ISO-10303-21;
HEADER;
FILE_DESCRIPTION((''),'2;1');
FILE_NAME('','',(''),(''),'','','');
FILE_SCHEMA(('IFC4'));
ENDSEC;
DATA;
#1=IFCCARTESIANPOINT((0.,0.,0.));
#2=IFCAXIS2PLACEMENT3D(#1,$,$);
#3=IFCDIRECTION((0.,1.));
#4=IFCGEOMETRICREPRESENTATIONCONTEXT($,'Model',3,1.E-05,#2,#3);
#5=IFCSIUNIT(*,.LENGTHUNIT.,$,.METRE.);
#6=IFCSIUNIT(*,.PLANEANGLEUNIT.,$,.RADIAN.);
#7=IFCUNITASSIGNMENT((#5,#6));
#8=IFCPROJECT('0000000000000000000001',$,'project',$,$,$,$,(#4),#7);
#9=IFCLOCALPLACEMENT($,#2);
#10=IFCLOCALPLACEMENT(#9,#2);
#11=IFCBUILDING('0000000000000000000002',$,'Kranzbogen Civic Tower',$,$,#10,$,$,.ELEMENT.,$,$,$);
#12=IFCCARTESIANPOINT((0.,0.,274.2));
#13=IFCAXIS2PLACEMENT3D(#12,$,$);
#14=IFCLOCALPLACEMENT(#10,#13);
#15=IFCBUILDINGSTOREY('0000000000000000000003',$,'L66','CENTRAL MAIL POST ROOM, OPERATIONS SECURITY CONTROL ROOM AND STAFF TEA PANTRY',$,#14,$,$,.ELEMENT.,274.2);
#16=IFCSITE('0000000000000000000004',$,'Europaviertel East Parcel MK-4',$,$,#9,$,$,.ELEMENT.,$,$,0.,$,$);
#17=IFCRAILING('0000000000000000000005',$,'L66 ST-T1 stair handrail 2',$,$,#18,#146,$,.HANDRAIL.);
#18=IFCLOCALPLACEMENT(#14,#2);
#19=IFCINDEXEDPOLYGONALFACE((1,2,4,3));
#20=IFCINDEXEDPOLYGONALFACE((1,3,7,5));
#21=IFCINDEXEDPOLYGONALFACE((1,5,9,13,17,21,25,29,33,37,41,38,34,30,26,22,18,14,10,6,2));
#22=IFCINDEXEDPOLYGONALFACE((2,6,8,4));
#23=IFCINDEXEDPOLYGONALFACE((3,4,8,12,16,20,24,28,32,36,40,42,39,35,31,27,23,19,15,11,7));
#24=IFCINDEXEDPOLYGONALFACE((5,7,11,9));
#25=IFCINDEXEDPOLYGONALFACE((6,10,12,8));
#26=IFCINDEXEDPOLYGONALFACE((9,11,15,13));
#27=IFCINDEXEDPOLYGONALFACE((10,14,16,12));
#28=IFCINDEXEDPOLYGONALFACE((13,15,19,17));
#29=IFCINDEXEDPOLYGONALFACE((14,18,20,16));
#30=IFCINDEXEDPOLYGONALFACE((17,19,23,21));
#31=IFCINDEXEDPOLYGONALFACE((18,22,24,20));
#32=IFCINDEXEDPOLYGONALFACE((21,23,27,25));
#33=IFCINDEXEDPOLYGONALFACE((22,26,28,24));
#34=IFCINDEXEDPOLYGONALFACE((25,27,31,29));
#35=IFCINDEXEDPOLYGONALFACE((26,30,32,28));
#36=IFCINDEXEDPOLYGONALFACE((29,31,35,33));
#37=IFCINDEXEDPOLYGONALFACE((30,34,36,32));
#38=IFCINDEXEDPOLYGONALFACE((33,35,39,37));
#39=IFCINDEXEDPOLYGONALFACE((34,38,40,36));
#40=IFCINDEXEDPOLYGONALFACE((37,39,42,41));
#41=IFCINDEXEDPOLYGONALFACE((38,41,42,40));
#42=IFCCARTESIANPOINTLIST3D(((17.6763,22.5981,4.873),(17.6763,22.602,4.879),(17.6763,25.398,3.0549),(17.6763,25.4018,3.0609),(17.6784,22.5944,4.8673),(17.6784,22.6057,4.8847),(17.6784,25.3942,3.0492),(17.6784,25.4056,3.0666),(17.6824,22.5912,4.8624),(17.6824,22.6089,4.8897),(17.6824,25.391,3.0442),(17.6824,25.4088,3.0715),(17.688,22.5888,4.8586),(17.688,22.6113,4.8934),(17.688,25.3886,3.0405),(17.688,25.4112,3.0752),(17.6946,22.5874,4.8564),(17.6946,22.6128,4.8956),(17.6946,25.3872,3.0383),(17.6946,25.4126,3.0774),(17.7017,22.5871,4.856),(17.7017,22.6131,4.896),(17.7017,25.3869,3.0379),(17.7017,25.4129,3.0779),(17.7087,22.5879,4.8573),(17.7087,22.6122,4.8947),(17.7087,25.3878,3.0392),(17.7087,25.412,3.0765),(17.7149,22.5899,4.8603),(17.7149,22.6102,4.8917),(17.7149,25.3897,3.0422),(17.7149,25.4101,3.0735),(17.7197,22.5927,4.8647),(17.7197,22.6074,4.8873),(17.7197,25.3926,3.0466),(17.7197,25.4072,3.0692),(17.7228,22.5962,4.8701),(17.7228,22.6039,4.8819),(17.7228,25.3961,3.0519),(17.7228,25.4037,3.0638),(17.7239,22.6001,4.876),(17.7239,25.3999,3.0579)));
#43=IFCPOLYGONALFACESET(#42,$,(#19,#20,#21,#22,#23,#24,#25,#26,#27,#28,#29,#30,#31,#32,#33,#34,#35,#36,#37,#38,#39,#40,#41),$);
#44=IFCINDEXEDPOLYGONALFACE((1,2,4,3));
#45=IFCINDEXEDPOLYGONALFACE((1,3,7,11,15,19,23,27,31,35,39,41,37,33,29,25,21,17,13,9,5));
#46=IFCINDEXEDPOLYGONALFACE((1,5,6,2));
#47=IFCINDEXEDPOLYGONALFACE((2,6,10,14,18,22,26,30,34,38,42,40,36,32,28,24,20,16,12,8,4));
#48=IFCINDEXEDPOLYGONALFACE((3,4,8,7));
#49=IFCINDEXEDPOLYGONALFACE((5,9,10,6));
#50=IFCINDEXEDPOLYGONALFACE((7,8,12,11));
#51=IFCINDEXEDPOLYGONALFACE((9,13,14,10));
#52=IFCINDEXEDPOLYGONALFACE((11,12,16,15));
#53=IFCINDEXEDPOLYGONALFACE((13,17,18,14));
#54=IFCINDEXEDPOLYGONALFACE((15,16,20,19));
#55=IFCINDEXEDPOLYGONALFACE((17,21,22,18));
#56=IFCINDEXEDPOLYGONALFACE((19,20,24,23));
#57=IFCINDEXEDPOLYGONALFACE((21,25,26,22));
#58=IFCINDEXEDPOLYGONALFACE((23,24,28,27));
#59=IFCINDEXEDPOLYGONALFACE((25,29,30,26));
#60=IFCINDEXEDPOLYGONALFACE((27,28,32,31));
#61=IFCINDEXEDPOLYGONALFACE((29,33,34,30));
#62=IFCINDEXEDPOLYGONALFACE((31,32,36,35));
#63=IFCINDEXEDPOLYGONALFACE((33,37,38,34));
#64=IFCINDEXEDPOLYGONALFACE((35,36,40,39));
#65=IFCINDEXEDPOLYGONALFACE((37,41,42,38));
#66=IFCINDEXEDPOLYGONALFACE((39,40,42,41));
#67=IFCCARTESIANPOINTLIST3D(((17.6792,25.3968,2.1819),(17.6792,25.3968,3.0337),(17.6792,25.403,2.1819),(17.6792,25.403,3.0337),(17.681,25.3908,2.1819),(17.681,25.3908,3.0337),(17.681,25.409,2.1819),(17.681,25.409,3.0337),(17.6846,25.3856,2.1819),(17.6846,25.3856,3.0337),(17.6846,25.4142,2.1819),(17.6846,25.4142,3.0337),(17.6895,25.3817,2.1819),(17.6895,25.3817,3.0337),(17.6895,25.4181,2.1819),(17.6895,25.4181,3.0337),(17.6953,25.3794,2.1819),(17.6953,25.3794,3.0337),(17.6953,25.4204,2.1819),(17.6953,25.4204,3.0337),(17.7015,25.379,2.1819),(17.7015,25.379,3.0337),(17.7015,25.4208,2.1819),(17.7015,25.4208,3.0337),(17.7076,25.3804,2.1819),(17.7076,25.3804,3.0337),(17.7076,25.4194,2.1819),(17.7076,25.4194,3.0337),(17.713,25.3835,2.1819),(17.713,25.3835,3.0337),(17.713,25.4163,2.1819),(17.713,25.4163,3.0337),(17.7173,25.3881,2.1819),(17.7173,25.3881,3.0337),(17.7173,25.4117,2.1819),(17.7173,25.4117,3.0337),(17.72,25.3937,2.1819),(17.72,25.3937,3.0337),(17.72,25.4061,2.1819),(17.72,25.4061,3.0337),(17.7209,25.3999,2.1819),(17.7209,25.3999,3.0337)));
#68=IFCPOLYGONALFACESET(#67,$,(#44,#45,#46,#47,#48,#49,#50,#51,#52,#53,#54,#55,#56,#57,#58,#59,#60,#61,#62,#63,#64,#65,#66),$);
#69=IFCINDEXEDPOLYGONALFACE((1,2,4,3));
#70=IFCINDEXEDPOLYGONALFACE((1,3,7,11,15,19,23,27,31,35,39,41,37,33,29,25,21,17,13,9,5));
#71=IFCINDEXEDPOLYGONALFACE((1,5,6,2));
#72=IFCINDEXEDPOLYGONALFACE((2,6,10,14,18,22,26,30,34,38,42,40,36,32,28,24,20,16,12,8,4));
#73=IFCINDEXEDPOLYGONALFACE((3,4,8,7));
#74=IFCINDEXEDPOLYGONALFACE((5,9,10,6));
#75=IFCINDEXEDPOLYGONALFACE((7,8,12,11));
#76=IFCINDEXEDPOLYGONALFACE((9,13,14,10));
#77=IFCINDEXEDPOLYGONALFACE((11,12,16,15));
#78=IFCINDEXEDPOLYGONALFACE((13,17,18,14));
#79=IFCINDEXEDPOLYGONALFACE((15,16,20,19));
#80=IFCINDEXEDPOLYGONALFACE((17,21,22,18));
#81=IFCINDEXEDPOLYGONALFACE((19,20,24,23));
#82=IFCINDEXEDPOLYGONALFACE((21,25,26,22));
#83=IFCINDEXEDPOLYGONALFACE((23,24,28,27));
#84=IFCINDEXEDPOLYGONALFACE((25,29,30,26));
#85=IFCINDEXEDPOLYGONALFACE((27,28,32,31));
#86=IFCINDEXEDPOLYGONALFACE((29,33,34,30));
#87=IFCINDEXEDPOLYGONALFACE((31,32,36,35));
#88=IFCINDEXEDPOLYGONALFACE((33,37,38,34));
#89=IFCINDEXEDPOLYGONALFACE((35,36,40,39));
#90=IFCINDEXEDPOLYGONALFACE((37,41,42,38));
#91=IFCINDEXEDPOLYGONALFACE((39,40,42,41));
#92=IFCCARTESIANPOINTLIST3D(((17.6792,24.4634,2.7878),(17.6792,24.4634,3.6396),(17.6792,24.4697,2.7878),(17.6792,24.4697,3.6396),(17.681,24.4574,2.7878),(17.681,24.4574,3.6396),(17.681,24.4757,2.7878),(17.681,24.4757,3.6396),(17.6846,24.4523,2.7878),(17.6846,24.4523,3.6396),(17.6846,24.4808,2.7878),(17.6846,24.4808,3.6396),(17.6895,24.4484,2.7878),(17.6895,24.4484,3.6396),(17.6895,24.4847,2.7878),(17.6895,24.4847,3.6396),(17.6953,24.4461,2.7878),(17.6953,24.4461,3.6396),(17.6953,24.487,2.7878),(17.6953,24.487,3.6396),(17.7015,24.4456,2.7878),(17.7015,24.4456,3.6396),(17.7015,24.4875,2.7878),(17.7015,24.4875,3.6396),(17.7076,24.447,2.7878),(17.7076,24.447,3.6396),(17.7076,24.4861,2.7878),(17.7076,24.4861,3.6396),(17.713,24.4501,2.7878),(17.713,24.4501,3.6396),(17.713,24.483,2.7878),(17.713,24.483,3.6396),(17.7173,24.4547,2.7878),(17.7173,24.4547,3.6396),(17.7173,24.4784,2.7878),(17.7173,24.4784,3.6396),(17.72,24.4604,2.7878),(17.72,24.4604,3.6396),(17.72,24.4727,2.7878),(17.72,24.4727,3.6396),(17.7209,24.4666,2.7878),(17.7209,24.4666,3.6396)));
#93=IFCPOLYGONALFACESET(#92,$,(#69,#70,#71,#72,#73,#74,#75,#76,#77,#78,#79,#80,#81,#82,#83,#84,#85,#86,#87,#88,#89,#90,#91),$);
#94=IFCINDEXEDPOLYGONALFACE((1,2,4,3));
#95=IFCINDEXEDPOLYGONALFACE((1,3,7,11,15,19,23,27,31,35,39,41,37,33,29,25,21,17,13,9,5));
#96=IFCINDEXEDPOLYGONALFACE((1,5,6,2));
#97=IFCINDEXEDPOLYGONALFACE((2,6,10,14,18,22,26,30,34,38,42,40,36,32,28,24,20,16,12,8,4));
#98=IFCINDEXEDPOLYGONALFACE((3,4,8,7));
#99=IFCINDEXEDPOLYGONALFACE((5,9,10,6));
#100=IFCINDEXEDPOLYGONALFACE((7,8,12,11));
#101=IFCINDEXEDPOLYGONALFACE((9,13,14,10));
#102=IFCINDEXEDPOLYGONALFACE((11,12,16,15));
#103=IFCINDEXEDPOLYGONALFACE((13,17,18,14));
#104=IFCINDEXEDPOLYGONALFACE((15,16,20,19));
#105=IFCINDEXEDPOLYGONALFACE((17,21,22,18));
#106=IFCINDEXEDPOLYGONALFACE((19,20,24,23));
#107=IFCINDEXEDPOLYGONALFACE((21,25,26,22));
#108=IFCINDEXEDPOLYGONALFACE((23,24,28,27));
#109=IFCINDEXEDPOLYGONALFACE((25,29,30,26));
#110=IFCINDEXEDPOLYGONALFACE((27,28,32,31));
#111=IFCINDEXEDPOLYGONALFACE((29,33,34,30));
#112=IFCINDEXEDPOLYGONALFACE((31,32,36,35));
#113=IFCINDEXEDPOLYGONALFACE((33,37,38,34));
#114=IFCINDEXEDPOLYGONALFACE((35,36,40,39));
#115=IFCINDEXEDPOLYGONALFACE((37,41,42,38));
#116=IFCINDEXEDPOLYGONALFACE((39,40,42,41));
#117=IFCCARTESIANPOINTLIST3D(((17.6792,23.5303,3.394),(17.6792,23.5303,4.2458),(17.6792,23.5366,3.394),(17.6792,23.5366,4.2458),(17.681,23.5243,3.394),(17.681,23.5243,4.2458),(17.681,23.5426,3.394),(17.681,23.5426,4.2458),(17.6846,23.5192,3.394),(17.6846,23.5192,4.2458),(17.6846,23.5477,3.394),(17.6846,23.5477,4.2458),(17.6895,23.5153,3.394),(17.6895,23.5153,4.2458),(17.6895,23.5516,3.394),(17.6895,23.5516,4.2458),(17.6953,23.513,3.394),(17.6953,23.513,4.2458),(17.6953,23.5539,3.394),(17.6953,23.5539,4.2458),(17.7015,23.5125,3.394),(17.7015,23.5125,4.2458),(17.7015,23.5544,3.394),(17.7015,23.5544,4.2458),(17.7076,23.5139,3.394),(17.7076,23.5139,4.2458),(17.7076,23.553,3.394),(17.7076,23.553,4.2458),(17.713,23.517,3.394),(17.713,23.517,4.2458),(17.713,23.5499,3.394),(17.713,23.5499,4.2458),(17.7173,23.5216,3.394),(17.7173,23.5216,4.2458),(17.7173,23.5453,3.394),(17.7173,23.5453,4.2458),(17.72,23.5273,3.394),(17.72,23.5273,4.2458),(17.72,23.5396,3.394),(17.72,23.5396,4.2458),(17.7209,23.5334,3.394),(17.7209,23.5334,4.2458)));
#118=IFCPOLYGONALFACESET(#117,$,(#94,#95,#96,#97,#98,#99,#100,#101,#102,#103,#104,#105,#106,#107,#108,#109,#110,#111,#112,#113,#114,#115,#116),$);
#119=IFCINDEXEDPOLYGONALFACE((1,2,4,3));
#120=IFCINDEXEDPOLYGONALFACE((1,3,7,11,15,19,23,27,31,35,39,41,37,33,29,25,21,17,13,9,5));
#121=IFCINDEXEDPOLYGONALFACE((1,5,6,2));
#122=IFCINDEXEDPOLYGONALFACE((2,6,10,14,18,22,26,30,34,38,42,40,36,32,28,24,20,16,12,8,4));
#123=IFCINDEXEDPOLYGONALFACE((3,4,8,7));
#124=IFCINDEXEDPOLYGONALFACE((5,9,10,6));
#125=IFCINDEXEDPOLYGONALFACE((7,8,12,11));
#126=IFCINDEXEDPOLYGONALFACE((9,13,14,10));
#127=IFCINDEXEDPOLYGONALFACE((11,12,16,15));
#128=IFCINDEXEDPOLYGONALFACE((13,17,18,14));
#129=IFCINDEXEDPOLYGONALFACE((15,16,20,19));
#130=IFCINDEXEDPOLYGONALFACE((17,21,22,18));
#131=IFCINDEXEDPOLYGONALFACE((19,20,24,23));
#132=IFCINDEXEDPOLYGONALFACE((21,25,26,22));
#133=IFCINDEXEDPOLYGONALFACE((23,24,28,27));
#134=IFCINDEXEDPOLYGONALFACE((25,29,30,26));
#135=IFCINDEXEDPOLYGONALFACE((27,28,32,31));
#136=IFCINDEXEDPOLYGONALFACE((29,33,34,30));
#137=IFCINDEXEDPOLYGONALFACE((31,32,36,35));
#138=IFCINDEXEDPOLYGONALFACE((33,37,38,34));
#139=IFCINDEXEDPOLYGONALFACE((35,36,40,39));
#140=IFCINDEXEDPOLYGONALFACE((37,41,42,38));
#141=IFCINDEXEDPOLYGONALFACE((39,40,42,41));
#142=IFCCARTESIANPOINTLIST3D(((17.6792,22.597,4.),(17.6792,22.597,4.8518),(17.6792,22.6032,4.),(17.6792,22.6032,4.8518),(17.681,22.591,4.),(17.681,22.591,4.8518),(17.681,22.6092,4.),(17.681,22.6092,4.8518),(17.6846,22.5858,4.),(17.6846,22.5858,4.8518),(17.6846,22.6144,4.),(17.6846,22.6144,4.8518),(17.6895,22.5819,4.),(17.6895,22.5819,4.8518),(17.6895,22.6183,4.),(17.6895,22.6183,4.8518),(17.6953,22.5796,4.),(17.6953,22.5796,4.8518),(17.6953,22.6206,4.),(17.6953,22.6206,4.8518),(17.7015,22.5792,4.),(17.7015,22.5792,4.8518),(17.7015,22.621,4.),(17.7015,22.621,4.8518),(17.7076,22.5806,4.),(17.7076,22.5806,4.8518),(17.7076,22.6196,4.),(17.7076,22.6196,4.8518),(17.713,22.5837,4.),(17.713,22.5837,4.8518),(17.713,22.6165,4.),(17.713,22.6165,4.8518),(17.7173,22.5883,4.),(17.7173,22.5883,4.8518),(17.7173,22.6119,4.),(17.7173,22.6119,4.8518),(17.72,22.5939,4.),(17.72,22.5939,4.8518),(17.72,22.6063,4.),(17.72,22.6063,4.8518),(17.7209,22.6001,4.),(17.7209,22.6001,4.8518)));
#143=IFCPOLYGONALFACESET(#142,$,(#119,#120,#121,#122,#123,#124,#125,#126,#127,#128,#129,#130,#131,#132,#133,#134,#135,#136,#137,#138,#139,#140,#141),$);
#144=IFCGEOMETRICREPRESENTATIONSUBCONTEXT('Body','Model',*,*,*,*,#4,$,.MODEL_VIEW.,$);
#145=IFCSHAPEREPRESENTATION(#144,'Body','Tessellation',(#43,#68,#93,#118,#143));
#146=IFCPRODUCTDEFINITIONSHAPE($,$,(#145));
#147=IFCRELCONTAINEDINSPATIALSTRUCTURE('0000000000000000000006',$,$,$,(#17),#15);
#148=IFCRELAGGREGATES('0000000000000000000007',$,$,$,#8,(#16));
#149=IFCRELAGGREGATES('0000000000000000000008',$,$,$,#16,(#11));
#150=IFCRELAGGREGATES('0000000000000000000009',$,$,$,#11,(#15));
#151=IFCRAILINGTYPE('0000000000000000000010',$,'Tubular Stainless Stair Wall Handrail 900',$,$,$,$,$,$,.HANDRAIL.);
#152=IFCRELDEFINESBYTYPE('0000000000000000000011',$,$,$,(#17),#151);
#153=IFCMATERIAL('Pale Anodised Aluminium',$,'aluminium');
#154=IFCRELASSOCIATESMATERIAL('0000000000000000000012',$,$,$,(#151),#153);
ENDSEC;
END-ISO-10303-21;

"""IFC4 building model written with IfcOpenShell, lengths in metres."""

from ifc_helpers import new_model, si_unit, direction, frame, origin, origin_2d, place, context, subcontext, project, spatial, circle, extrude, material, type_object, element, save


model = new_model("IFC4")

# Units and contexts
model_context = context("Model", 3, precision=1e-05, world=origin(), true_north=direction((0.0, 1.0)))
body_context = subcontext(model_context, "Body", "Model", "MODEL_VIEW")
ifc_project = project(units=[si_unit("LENGTHUNIT", "METRE"), si_unit("PLANEANGLEUNIT", "RADIAN")], contexts=[model_context])

# Site, building, storey
site_placement = place(None, origin())
site = spatial("IfcSite", under=ifc_project, at=site_placement, Name="Europaviertel East Parcel MK-4", CompositionType="ELEMENT", RefElevation=0.0)
building_placement = place(site_placement, origin())
building = spatial("IfcBuilding", under=site, at=building_placement, Name="Kranzbogen Civic Tower", CompositionType="ELEMENT")
storey_placement = place(building_placement, frame((0.0, 0.0, 274.2)))
storey = spatial("IfcBuildingStorey", under=building, at=storey_placement, Name="L66", Description="CENTRAL MAIL POST ROOM, OPERATIONS SECURITY CONTROL ROOM AND STAFF TEA PANTRY", CompositionType="ELEMENT", Elevation=274.2)

# Shared definitions
ifc_material_1 = material(Name="Pale Anodised Aluminium", Category="aluminium")

# Railing
railing_type_1 = type_object("IfcRailingType", Name="Tubular Stainless Stair Wall Handrail 900", PredefinedType="HANDRAIL", material=ifc_material_1)
railing_1_placement = place(storey_placement, frame((17.7, 25.3999, 2.1819)))
element("IfcRailing", 1, at=railing_1_placement, inside=storey, type_object=railing_type_1, Name="L66 ST-T1 stair handrail 2", PredefinedType="HANDRAIL", context=body_context, shape_type="SweptSolid", body=[
    extrude(circle(Radius=0.0239, at=origin_2d()), frame((0.0, 0.0, 0.876), z_axis=(0.0, -0.838684, 0.544618), x_axis=(1.0, 0.0, 0.0)), (0.0, 0.0, 1.0), 3.3384),
    extrude(circle(Radius=0.021, at=origin_2d()), origin(), (0.0, 0.0, 1.0), 0.8518),
    extrude(circle(Radius=0.021, at=origin_2d()), frame((0.0, -0.9333, 0.606)), (0.0, 0.0, 1.0), 0.8518),
    extrude(circle(Radius=0.021, at=origin_2d()), frame((0.0, -1.8665, 1.2122)), (0.0, 0.0, 1.0), 0.8518),
    extrude(circle(Radius=0.021, at=origin_2d()), frame((0.0, -2.7998, 1.8181)), (0.0, 0.0, 1.0), 0.8518),
])

save(model, "model.ifc")
